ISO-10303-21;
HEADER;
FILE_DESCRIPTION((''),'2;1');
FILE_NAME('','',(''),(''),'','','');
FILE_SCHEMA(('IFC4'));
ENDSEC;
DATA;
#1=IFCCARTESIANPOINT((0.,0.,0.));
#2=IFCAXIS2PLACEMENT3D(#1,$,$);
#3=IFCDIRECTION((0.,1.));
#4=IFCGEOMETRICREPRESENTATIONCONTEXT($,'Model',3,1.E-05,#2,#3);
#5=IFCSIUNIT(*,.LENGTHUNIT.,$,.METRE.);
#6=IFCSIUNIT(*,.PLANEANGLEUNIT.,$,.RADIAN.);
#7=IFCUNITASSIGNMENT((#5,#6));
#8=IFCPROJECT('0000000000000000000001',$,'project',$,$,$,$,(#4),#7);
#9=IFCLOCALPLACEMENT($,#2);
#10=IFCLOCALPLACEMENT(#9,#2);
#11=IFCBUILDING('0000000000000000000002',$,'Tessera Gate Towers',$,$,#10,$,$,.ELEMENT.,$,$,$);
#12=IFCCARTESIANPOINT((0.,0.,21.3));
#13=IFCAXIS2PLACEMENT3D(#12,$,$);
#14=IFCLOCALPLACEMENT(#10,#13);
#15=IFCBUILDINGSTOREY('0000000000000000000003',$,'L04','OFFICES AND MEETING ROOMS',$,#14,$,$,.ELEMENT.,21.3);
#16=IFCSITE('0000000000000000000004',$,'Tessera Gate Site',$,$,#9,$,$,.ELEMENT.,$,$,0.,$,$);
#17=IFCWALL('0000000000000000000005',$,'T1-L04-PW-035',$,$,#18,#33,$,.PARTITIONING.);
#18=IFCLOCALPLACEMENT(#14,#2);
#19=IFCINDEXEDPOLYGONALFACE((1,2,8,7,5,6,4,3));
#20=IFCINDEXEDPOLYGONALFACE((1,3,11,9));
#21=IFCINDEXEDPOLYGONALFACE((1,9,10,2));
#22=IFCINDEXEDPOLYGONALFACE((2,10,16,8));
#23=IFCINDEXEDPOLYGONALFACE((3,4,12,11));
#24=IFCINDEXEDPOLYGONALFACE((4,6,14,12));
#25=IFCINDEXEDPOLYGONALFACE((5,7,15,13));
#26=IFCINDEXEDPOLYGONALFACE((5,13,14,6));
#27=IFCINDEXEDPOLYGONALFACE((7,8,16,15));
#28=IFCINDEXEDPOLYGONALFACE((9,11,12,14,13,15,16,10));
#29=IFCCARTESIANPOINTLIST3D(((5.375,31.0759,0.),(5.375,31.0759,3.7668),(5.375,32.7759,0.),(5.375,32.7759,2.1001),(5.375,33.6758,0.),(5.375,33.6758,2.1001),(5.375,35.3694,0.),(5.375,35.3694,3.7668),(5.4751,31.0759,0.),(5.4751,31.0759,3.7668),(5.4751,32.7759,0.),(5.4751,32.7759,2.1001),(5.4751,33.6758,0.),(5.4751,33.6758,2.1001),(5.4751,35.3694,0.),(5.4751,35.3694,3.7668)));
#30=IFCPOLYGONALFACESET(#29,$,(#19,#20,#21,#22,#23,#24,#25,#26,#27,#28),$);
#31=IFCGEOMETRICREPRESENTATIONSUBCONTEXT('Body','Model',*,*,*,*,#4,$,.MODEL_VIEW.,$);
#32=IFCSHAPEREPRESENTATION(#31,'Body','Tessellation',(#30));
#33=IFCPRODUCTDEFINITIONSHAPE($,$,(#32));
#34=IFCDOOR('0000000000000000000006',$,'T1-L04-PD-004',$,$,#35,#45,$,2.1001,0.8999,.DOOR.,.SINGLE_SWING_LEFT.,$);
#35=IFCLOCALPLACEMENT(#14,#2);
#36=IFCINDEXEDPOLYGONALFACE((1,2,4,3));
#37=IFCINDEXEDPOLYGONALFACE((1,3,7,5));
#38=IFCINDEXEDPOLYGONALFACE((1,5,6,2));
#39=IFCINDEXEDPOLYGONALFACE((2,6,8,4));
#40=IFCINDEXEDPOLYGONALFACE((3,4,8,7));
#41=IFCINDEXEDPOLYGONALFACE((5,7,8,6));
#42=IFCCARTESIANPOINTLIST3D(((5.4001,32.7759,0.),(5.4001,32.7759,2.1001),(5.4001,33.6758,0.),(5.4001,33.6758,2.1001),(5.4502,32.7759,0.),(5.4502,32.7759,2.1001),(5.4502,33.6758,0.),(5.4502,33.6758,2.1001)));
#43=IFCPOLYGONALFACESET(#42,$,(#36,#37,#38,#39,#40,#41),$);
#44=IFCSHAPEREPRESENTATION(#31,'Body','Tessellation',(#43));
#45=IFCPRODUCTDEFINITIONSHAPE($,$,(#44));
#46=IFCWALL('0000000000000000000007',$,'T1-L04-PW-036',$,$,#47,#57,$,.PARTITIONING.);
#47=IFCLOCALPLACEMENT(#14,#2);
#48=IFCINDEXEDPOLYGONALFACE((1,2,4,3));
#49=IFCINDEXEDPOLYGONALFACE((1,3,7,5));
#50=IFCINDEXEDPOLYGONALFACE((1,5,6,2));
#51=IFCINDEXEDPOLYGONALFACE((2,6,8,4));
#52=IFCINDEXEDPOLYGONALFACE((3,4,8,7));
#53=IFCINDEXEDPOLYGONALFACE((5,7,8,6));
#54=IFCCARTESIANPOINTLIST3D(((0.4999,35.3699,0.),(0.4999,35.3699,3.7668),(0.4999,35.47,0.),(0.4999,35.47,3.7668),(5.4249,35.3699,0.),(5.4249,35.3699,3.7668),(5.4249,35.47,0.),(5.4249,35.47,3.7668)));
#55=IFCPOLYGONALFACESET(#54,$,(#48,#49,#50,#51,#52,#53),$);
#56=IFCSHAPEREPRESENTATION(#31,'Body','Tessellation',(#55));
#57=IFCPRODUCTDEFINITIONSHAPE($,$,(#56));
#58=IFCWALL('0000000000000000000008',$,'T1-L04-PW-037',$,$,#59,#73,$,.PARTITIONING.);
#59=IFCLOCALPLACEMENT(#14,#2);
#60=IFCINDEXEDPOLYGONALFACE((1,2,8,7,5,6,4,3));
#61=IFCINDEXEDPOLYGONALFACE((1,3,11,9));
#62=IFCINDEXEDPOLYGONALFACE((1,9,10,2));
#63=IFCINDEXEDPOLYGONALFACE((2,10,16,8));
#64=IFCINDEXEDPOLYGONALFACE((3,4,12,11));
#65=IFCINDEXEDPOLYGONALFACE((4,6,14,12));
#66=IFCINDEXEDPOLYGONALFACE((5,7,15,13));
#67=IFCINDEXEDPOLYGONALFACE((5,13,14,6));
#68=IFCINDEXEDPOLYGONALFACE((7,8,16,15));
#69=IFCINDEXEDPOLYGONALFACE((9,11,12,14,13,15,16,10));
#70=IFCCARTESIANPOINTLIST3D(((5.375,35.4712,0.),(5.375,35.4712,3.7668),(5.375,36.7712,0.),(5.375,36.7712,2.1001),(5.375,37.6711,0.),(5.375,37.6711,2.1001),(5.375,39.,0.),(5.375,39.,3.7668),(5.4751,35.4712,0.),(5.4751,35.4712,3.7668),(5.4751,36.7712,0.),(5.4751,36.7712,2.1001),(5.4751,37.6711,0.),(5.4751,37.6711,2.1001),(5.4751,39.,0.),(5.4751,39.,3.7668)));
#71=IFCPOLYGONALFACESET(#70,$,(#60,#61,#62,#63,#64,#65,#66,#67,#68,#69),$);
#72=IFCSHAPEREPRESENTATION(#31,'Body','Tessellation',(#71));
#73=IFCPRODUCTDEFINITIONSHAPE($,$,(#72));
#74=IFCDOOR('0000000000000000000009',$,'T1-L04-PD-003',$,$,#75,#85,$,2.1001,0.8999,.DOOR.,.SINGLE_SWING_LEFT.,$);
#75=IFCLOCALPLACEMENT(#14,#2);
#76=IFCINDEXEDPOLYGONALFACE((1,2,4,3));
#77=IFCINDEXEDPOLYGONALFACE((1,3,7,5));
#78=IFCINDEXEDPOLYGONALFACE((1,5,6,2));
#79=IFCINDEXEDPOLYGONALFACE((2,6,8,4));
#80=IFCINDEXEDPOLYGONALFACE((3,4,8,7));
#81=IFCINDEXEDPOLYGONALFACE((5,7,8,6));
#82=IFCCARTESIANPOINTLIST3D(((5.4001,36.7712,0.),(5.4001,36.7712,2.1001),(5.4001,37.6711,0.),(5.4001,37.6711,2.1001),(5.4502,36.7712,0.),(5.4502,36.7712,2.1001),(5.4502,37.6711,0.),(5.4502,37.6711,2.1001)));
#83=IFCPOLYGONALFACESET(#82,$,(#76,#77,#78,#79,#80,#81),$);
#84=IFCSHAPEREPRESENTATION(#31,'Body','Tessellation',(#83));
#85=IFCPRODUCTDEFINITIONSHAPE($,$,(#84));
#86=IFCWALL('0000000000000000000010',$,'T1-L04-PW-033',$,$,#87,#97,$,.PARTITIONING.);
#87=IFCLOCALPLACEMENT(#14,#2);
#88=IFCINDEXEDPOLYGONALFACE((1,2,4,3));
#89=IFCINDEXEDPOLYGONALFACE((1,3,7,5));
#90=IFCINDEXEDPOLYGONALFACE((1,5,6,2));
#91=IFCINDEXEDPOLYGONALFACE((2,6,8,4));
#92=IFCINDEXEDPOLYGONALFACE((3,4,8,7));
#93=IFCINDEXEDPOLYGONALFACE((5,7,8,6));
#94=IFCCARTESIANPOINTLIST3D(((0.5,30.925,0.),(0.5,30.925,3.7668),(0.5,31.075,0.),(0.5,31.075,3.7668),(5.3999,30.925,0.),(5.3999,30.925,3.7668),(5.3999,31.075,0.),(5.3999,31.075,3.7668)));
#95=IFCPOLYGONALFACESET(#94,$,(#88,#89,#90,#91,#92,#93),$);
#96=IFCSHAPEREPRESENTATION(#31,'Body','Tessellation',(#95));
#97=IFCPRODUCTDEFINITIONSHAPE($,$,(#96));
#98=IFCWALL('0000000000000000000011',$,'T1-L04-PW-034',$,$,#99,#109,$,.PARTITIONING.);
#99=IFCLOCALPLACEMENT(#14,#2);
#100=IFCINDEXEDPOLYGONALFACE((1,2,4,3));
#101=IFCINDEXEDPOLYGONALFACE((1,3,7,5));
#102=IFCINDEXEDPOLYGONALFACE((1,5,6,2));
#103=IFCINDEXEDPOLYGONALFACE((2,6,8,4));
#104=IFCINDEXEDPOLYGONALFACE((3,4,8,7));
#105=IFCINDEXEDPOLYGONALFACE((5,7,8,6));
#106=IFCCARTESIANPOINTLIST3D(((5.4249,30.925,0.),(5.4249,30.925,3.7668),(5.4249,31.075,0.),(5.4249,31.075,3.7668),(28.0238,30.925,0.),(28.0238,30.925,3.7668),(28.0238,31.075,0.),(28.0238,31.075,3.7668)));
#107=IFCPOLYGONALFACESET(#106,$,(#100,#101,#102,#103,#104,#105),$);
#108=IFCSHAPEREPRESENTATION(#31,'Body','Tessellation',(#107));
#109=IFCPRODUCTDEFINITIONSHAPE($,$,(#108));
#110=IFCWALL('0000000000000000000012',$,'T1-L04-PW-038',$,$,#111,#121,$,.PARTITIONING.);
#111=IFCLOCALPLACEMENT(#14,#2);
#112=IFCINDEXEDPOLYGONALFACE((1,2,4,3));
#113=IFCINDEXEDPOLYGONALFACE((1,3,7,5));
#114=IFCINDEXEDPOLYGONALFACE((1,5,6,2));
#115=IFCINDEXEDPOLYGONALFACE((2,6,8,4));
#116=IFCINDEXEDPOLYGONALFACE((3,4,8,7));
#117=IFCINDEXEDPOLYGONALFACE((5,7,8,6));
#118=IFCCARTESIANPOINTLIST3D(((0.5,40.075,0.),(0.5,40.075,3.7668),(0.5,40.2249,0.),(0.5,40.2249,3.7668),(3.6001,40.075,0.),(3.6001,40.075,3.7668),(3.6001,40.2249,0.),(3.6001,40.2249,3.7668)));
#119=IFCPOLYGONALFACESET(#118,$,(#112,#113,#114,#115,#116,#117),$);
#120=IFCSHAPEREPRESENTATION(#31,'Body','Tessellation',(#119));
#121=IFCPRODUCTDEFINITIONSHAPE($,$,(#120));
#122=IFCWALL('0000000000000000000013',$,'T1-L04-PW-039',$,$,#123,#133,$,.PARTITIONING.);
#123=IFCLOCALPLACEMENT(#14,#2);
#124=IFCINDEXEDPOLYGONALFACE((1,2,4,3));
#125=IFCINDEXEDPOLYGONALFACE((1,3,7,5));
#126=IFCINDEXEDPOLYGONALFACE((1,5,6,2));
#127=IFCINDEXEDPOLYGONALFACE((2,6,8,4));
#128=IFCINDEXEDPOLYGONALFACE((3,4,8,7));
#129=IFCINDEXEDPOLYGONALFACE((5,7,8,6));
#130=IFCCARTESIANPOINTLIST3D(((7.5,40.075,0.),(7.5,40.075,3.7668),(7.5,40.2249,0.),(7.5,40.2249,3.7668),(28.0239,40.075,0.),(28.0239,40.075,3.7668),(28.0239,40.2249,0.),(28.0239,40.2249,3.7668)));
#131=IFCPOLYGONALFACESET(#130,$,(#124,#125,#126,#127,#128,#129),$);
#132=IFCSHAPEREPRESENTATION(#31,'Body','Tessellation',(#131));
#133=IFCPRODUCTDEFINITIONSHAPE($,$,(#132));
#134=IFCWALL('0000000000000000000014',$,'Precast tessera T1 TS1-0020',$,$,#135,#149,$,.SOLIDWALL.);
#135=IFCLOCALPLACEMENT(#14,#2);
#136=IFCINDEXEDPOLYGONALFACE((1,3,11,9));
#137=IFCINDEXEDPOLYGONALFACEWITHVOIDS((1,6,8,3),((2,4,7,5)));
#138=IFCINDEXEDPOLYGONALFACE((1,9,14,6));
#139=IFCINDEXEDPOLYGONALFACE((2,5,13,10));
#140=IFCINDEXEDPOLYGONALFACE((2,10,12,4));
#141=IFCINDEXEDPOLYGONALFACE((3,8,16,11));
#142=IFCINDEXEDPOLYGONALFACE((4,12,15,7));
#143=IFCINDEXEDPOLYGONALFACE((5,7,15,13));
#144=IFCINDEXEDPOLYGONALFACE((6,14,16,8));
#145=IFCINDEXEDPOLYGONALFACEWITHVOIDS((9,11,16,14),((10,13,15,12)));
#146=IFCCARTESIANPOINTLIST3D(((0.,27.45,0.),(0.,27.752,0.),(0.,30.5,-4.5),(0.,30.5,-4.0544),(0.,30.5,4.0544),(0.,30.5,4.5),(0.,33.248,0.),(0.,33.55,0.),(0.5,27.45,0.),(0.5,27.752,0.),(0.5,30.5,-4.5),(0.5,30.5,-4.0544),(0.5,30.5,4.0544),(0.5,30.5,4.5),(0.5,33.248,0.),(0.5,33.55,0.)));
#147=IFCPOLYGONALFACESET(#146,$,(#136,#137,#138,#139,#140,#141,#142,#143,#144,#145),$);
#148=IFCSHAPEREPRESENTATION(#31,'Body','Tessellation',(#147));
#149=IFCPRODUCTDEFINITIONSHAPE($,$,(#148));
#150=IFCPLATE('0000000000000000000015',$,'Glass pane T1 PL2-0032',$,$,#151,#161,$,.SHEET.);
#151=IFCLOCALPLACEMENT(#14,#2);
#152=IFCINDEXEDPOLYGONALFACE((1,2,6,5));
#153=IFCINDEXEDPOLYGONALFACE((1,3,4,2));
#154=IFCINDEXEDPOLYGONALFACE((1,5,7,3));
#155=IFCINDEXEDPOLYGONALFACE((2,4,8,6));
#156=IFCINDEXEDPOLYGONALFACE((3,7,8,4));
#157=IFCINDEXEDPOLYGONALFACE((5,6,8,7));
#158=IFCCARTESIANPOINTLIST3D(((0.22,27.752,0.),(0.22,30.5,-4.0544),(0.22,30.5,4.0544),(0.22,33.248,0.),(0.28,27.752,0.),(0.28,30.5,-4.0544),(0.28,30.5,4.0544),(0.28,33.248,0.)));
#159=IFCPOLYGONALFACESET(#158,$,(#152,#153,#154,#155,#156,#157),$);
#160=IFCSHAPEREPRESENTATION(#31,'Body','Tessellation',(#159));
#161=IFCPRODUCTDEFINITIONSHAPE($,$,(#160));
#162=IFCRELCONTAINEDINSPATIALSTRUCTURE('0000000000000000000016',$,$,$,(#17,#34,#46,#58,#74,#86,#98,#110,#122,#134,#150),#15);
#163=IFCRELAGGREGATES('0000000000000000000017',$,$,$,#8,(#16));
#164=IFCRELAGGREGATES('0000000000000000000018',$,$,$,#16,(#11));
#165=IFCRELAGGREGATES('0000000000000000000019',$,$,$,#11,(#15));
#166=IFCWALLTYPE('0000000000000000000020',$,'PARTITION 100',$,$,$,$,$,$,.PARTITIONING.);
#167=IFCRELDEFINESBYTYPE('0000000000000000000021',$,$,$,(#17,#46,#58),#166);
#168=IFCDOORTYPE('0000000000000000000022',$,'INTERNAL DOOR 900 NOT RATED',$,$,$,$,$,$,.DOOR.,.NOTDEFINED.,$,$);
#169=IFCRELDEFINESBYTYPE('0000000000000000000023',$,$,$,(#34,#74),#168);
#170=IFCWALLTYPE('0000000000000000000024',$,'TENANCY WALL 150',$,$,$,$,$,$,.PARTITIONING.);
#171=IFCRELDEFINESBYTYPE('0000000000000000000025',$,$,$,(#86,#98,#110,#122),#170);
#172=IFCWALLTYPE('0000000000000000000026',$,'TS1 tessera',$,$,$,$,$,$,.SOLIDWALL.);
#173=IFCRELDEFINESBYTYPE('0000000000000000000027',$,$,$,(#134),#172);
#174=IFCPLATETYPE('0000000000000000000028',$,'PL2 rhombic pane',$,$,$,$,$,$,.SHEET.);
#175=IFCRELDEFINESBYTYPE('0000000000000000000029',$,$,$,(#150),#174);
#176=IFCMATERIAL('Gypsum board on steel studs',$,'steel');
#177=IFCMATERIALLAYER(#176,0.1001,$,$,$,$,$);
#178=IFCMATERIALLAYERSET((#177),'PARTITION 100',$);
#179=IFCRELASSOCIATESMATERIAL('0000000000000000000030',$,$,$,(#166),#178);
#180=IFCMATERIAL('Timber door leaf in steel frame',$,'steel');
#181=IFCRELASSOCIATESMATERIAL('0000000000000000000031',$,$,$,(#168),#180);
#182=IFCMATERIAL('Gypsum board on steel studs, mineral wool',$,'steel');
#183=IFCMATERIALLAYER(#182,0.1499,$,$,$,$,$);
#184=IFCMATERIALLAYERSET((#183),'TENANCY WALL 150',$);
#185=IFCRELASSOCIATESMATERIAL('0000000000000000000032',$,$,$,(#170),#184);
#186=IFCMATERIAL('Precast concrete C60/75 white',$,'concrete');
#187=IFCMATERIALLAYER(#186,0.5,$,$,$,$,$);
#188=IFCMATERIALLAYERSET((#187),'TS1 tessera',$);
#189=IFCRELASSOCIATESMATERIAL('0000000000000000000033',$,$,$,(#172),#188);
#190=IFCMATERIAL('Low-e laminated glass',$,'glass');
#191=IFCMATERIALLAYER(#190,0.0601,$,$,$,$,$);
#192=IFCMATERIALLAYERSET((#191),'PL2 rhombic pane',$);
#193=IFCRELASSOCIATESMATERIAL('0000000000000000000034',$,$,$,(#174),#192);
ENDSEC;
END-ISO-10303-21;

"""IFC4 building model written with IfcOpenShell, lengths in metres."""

from ifc_helpers import new_model, si_unit, direction, frame, frame_2d, origin, place, context, subcontext, project, spatial, polyline, rectangle, outline, extrude, source, transform, mapped, material, layer, layer_set, type_object, element, fill, save


model = new_model("IFC4")

# Units and contexts
model_context = context("Model", 3, precision=1e-05, world=origin(), true_north=direction((0.0, 1.0)))
body_context = subcontext(model_context, "Body", "Model", "MODEL_VIEW")
ifc_project = project(units=[si_unit("LENGTHUNIT", "METRE"), si_unit("PLANEANGLEUNIT", "RADIAN")], contexts=[model_context])

# Site, building, storey
site_placement = place(None, origin())
site = spatial("IfcSite", under=ifc_project, at=site_placement, Name="Tessera Gate Site", CompositionType="ELEMENT", RefElevation=0.0)
building_placement = place(site_placement, origin())
building = spatial("IfcBuilding", under=site, at=building_placement, Name="Tessera Gate Towers", CompositionType="ELEMENT")
storey_placement = place(building_placement, frame((0.0, 0.0, 21.3)))
storey = spatial("IfcBuildingStorey", under=building, at=storey_placement, Name="L04", Description="OFFICES AND MEETING ROOMS", CompositionType="ELEMENT", Elevation=21.3)

# Wall, opening, door
ifc_material_1 = material(Name="Gypsum board on steel studs", Category="steel")
ifc_layer_1 = layer(ifc_material_1, 0.1001)
ifc_layer_set_1 = layer_set([ifc_layer_1], Name="PARTITION 100")
wall_type_1 = type_object("IfcWallType", Name="PARTITION 100", PredefinedType="PARTITIONING", material=ifc_layer_set_1)
wall_1_placement = place(storey_placement, frame((5.425, 31.0759, 0.0), z_axis=(0.0, 0.0, 1.0), x_axis=(0.0, 1.0, 0.0)))
wall_1 = element("IfcWall", 1, at=wall_1_placement, inside=storey, type_object=wall_type_1, Name="T1-L04-PW-035", PredefinedType="PARTITIONING", context=body_context, shape_type="SweptSolid", body=[
    extrude(rectangle(XDim=4.2935, YDim=0.1001, at=frame_2d((2.1467, 0.0))), origin(), (0.0, 0.0, 1.0), 3.7668),
])
shared_shape_1 = source(origin(), body_context, "Body", "SweptSolid", [
    extrude(rectangle(XDim=0.8999, YDim=2.1001, at=frame_2d((0.45, 1.05))), frame((0.0, 0.0601, 0.0), z_axis=(0.0, -1.0, 0.0), x_axis=(1.0, 0.0, 0.0)), (0.0, 0.0, 1.0), 0.1201),
])
opening_1_placement = place(wall_1_placement, frame((1.7, 0.0, 0.0)))
opening_1 = element("IfcOpeningElement", 2, at=opening_1_placement, cuts=wall_1, PredefinedType="OPENING", context=body_context, shape_type="MappedRepresentation", body=[
    mapped(shared_shape_1, transform((0.0, 0.0, 0.0), scale=1.0)),
])
ifc_material_2 = material(Name="Timber door leaf in steel frame", Category="steel")
door_type = type_object("IfcDoorType", Name="INTERNAL DOOR 900 NOT RATED", OperationType="NOTDEFINED", PredefinedType="DOOR", material=ifc_material_2)
shared_shape_2 = source(origin(), body_context, "Body", "SweptSolid", [
    extrude(rectangle(XDim=0.8999, YDim=2.1001, at=frame_2d((0.45, 1.05))), frame((0.0, 0.0249, 0.0), z_axis=(0.0, -1.0, 0.0), x_axis=(1.0, 0.0, 0.0)), (0.0, 0.0, 1.0), 0.05),
])
door_1_placement = place(opening_1_placement, origin())
door_1 = element("IfcDoor", 3, at=door_1_placement, inside=storey, type_object=door_type, Name="T1-L04-PD-004", OperationType="SINGLE_SWING_LEFT", OverallHeight=2.1001, OverallWidth=0.8999, PredefinedType="DOOR", context=body_context, shape_type="MappedRepresentation", body=[
    mapped(shared_shape_2, transform((0.0, 0.0, 0.0), scale=1.0)),
])
fill(opening_1, door_1)

# Wall
wall_2_placement = place(storey_placement, frame((0.5, 35.4199, 0.0), z_axis=(0.0, 0.0, 1.0), x_axis=(1.0, 0.0, 0.0)))
element("IfcWall", 4, at=wall_2_placement, inside=storey, type_object=wall_type_1, Name="T1-L04-PW-036", PredefinedType="PARTITIONING", context=body_context, shape_type="SweptSolid", body=[
    extrude(rectangle(XDim=4.925, YDim=0.1001, at=frame_2d((2.4624, 0.0))), origin(), (0.0, 0.0, 1.0), 3.7668),
])

# Wall, opening, door
wall_3_placement = place(storey_placement, frame((5.425, 35.4712, 0.0), z_axis=(0.0, 0.0, 1.0), x_axis=(0.0, 1.0, 0.0)))
wall_3 = element("IfcWall", 5, at=wall_3_placement, inside=storey, type_object=wall_type_1, Name="T1-L04-PW-037", PredefinedType="PARTITIONING", context=body_context, shape_type="SweptSolid", body=[
    extrude(rectangle(XDim=3.5288, YDim=0.1001, at=frame_2d((1.7644, 0.0))), origin(), (0.0, 0.0, 1.0), 3.7668),
])
opening_2_placement = place(wall_3_placement, frame((1.3, 0.0, 0.0)))
opening_2 = element("IfcOpeningElement", 6, at=opening_2_placement, cuts=wall_3, PredefinedType="OPENING", context=body_context, shape_type="MappedRepresentation", body=[
    mapped(shared_shape_1, transform((0.0, 0.0, 0.0), scale=1.0)),
])
door_2_placement = place(opening_2_placement, origin())
door_2 = element("IfcDoor", 7, at=door_2_placement, inside=storey, type_object=door_type, Name="T1-L04-PD-003", OperationType="SINGLE_SWING_LEFT", OverallHeight=2.1001, OverallWidth=0.8999, PredefinedType="DOOR", context=body_context, shape_type="MappedRepresentation", body=[
    mapped(shared_shape_2, transform((0.0, 0.0, 0.0), scale=1.0)),
])
fill(opening_2, door_2)

# Walls
ifc_material_3 = material(Name="Gypsum board on steel studs, mineral wool", Category="steel")
ifc_layer_2 = layer(ifc_material_3, 0.1499)
ifc_layer_set_2 = layer_set([ifc_layer_2], Name="TENANCY WALL 150")
wall_type_2 = type_object("IfcWallType", Name="TENANCY WALL 150", PredefinedType="PARTITIONING", material=ifc_layer_set_2)
wall_4_placement = place(storey_placement, frame((0.5, 31.0, 0.0), z_axis=(0.0, 0.0, 1.0), x_axis=(1.0, 0.0, 0.0)))
element("IfcWall", 8, at=wall_4_placement, inside=storey, type_object=wall_type_2, Name="T1-L04-PW-033", PredefinedType="PARTITIONING", context=body_context, shape_type="SweptSolid", body=[
    extrude(rectangle(XDim=4.8999, YDim=0.1499, at=frame_2d((2.45, 0.0))), origin(), (0.0, 0.0, 1.0), 3.7668),
])
wall_5_placement = place(storey_placement, frame((5.425, 31.0, 0.0), z_axis=(0.0, 0.0, 1.0), x_axis=(1.0, 0.0, 0.0)))
element("IfcWall", 9, at=wall_5_placement, inside=storey, type_object=wall_type_2, Name="T1-L04-PW-034", PredefinedType="PARTITIONING", context=body_context, shape_type="SweptSolid", body=[
    extrude(rectangle(XDim=22.5989, YDim=0.1499, at=frame_2d((11.2993, 0.0))), origin(), (0.0, 0.0, 1.0), 3.7668),
])
wall_6_placement = place(storey_placement, frame((0.5, 40.1499, 0.0), z_axis=(0.0, 0.0, 1.0), x_axis=(1.0, 0.0, 0.0)))
element("IfcWall", 10, at=wall_6_placement, inside=storey, type_object=wall_type_2, Name="T1-L04-PW-038", PredefinedType="PARTITIONING", context=body_context, shape_type="SweptSolid", body=[
    extrude(rectangle(XDim=3.1001, YDim=0.1499, at=frame_2d((1.55, 0.0))), origin(), (0.0, 0.0, 1.0), 3.7668),
])
wall_7_placement = place(storey_placement, frame((7.5, 40.1499, 0.0), z_axis=(0.0, 0.0, 1.0), x_axis=(1.0, 0.0, 0.0)))
element("IfcWall", 11, at=wall_7_placement, inside=storey, type_object=wall_type_2, Name="T1-L04-PW-039", PredefinedType="PARTITIONING", context=body_context, shape_type="SweptSolid", body=[
    extrude(rectangle(XDim=20.5239, YDim=0.1499, at=frame_2d((10.262, 0.0))), origin(), (0.0, 0.0, 1.0), 3.7668),
])

# Wall, opening, plate
ifc_material_4 = material(Name="Precast concrete C60/75 white", Category="concrete")
ifc_layer_3 = layer(ifc_material_4, 0.5)
ifc_layer_set_3 = layer_set([ifc_layer_3], Name="TS1 tessera")
wall_type_3 = type_object("IfcWallType", Name="TS1 tessera", PredefinedType="SOLIDWALL", material=ifc_layer_set_3)
shared_shape_3 = source(origin(), body_context, "Body", "SweptSolid", [
    extrude(outline(polyline([(3.05, 0.0), (6.1001, 4.5), (3.05, 9.0), (0.0, 4.5), (3.05, 0.0)])), frame((0.0, 0.25, 0.0), z_axis=(0.0, -1.0, 0.0), x_axis=(1.0, 0.0, 0.0)), (0.0, 0.0, 1.0), 0.5),
])
wall_8_placement = place(storey_placement, frame((0.25, 33.55, -4.5), z_axis=(0.0, 0.0, 1.0), x_axis=(0.0, -1.0, 0.0)))
wall_8 = element("IfcWall", 12, at=wall_8_placement, inside=storey, type_object=wall_type_3, Name="Precast tessera T1 TS1-0020", PredefinedType="SOLIDWALL", context=body_context, shape_type="MappedRepresentation", body=[
    mapped(shared_shape_3, transform((0.0, 0.0, 0.0), scale=1.0)),
])
shared_shape_4 = source(origin(), body_context, "Body", "SweptSolid", [
    extrude(outline(polyline([(3.05, 0.4456), (5.7981, 4.5), (3.05, 8.5544), (0.302, 4.5), (3.05, 0.4456)])), frame((0.0, 0.26, 0.0), z_axis=(0.0, -1.0, 0.0), x_axis=(1.0, 0.0, 0.0)), (0.0, 0.0, 1.0), 0.52),
])
opening_3_placement = place(wall_8_placement, origin())
opening_3 = element("IfcOpeningElement", 13, at=opening_3_placement, cuts=wall_8, PredefinedType="OPENING", context=body_context, shape_type="MappedRepresentation", body=[
    mapped(shared_shape_4, transform((0.0, 0.0, 0.0), scale=1.0)),
])
ifc_material_5 = material(Name="Low-e laminated glass", Category="glass")
ifc_layer_4 = layer(ifc_material_5, 0.0601)
ifc_layer_set_4 = layer_set([ifc_layer_4], Name="PL2 rhombic pane")
plate_type_1 = type_object("IfcPlateType", Name="PL2 rhombic pane", PredefinedType="SHEET", material=ifc_layer_set_4)
shared_shape_5 = source(origin(), body_context, "Body", "SweptSolid", [
    extrude(outline(polyline([(3.05, 0.4456), (5.7981, 4.5), (3.05, 8.5544), (0.302, 4.5), (3.05, 0.4456)])), frame((0.0, 0.03, 0.0), z_axis=(0.0, -1.0, 0.0), x_axis=(1.0, 0.0, 0.0)), (0.0, 0.0, 1.0), 0.0601),
])
plate_1_placement = place(opening_3_placement, origin())
plate_1 = element("IfcPlate", 14, at=plate_1_placement, inside=storey, type_object=plate_type_1, Name="Glass pane T1 PL2-0032", PredefinedType="SHEET", context=body_context, shape_type="MappedRepresentation", body=[
    mapped(shared_shape_5, transform((0.0, 0.0, 0.0), scale=1.0)),
])
fill(opening_3, plate_1)

save(model, "model.ifc")
